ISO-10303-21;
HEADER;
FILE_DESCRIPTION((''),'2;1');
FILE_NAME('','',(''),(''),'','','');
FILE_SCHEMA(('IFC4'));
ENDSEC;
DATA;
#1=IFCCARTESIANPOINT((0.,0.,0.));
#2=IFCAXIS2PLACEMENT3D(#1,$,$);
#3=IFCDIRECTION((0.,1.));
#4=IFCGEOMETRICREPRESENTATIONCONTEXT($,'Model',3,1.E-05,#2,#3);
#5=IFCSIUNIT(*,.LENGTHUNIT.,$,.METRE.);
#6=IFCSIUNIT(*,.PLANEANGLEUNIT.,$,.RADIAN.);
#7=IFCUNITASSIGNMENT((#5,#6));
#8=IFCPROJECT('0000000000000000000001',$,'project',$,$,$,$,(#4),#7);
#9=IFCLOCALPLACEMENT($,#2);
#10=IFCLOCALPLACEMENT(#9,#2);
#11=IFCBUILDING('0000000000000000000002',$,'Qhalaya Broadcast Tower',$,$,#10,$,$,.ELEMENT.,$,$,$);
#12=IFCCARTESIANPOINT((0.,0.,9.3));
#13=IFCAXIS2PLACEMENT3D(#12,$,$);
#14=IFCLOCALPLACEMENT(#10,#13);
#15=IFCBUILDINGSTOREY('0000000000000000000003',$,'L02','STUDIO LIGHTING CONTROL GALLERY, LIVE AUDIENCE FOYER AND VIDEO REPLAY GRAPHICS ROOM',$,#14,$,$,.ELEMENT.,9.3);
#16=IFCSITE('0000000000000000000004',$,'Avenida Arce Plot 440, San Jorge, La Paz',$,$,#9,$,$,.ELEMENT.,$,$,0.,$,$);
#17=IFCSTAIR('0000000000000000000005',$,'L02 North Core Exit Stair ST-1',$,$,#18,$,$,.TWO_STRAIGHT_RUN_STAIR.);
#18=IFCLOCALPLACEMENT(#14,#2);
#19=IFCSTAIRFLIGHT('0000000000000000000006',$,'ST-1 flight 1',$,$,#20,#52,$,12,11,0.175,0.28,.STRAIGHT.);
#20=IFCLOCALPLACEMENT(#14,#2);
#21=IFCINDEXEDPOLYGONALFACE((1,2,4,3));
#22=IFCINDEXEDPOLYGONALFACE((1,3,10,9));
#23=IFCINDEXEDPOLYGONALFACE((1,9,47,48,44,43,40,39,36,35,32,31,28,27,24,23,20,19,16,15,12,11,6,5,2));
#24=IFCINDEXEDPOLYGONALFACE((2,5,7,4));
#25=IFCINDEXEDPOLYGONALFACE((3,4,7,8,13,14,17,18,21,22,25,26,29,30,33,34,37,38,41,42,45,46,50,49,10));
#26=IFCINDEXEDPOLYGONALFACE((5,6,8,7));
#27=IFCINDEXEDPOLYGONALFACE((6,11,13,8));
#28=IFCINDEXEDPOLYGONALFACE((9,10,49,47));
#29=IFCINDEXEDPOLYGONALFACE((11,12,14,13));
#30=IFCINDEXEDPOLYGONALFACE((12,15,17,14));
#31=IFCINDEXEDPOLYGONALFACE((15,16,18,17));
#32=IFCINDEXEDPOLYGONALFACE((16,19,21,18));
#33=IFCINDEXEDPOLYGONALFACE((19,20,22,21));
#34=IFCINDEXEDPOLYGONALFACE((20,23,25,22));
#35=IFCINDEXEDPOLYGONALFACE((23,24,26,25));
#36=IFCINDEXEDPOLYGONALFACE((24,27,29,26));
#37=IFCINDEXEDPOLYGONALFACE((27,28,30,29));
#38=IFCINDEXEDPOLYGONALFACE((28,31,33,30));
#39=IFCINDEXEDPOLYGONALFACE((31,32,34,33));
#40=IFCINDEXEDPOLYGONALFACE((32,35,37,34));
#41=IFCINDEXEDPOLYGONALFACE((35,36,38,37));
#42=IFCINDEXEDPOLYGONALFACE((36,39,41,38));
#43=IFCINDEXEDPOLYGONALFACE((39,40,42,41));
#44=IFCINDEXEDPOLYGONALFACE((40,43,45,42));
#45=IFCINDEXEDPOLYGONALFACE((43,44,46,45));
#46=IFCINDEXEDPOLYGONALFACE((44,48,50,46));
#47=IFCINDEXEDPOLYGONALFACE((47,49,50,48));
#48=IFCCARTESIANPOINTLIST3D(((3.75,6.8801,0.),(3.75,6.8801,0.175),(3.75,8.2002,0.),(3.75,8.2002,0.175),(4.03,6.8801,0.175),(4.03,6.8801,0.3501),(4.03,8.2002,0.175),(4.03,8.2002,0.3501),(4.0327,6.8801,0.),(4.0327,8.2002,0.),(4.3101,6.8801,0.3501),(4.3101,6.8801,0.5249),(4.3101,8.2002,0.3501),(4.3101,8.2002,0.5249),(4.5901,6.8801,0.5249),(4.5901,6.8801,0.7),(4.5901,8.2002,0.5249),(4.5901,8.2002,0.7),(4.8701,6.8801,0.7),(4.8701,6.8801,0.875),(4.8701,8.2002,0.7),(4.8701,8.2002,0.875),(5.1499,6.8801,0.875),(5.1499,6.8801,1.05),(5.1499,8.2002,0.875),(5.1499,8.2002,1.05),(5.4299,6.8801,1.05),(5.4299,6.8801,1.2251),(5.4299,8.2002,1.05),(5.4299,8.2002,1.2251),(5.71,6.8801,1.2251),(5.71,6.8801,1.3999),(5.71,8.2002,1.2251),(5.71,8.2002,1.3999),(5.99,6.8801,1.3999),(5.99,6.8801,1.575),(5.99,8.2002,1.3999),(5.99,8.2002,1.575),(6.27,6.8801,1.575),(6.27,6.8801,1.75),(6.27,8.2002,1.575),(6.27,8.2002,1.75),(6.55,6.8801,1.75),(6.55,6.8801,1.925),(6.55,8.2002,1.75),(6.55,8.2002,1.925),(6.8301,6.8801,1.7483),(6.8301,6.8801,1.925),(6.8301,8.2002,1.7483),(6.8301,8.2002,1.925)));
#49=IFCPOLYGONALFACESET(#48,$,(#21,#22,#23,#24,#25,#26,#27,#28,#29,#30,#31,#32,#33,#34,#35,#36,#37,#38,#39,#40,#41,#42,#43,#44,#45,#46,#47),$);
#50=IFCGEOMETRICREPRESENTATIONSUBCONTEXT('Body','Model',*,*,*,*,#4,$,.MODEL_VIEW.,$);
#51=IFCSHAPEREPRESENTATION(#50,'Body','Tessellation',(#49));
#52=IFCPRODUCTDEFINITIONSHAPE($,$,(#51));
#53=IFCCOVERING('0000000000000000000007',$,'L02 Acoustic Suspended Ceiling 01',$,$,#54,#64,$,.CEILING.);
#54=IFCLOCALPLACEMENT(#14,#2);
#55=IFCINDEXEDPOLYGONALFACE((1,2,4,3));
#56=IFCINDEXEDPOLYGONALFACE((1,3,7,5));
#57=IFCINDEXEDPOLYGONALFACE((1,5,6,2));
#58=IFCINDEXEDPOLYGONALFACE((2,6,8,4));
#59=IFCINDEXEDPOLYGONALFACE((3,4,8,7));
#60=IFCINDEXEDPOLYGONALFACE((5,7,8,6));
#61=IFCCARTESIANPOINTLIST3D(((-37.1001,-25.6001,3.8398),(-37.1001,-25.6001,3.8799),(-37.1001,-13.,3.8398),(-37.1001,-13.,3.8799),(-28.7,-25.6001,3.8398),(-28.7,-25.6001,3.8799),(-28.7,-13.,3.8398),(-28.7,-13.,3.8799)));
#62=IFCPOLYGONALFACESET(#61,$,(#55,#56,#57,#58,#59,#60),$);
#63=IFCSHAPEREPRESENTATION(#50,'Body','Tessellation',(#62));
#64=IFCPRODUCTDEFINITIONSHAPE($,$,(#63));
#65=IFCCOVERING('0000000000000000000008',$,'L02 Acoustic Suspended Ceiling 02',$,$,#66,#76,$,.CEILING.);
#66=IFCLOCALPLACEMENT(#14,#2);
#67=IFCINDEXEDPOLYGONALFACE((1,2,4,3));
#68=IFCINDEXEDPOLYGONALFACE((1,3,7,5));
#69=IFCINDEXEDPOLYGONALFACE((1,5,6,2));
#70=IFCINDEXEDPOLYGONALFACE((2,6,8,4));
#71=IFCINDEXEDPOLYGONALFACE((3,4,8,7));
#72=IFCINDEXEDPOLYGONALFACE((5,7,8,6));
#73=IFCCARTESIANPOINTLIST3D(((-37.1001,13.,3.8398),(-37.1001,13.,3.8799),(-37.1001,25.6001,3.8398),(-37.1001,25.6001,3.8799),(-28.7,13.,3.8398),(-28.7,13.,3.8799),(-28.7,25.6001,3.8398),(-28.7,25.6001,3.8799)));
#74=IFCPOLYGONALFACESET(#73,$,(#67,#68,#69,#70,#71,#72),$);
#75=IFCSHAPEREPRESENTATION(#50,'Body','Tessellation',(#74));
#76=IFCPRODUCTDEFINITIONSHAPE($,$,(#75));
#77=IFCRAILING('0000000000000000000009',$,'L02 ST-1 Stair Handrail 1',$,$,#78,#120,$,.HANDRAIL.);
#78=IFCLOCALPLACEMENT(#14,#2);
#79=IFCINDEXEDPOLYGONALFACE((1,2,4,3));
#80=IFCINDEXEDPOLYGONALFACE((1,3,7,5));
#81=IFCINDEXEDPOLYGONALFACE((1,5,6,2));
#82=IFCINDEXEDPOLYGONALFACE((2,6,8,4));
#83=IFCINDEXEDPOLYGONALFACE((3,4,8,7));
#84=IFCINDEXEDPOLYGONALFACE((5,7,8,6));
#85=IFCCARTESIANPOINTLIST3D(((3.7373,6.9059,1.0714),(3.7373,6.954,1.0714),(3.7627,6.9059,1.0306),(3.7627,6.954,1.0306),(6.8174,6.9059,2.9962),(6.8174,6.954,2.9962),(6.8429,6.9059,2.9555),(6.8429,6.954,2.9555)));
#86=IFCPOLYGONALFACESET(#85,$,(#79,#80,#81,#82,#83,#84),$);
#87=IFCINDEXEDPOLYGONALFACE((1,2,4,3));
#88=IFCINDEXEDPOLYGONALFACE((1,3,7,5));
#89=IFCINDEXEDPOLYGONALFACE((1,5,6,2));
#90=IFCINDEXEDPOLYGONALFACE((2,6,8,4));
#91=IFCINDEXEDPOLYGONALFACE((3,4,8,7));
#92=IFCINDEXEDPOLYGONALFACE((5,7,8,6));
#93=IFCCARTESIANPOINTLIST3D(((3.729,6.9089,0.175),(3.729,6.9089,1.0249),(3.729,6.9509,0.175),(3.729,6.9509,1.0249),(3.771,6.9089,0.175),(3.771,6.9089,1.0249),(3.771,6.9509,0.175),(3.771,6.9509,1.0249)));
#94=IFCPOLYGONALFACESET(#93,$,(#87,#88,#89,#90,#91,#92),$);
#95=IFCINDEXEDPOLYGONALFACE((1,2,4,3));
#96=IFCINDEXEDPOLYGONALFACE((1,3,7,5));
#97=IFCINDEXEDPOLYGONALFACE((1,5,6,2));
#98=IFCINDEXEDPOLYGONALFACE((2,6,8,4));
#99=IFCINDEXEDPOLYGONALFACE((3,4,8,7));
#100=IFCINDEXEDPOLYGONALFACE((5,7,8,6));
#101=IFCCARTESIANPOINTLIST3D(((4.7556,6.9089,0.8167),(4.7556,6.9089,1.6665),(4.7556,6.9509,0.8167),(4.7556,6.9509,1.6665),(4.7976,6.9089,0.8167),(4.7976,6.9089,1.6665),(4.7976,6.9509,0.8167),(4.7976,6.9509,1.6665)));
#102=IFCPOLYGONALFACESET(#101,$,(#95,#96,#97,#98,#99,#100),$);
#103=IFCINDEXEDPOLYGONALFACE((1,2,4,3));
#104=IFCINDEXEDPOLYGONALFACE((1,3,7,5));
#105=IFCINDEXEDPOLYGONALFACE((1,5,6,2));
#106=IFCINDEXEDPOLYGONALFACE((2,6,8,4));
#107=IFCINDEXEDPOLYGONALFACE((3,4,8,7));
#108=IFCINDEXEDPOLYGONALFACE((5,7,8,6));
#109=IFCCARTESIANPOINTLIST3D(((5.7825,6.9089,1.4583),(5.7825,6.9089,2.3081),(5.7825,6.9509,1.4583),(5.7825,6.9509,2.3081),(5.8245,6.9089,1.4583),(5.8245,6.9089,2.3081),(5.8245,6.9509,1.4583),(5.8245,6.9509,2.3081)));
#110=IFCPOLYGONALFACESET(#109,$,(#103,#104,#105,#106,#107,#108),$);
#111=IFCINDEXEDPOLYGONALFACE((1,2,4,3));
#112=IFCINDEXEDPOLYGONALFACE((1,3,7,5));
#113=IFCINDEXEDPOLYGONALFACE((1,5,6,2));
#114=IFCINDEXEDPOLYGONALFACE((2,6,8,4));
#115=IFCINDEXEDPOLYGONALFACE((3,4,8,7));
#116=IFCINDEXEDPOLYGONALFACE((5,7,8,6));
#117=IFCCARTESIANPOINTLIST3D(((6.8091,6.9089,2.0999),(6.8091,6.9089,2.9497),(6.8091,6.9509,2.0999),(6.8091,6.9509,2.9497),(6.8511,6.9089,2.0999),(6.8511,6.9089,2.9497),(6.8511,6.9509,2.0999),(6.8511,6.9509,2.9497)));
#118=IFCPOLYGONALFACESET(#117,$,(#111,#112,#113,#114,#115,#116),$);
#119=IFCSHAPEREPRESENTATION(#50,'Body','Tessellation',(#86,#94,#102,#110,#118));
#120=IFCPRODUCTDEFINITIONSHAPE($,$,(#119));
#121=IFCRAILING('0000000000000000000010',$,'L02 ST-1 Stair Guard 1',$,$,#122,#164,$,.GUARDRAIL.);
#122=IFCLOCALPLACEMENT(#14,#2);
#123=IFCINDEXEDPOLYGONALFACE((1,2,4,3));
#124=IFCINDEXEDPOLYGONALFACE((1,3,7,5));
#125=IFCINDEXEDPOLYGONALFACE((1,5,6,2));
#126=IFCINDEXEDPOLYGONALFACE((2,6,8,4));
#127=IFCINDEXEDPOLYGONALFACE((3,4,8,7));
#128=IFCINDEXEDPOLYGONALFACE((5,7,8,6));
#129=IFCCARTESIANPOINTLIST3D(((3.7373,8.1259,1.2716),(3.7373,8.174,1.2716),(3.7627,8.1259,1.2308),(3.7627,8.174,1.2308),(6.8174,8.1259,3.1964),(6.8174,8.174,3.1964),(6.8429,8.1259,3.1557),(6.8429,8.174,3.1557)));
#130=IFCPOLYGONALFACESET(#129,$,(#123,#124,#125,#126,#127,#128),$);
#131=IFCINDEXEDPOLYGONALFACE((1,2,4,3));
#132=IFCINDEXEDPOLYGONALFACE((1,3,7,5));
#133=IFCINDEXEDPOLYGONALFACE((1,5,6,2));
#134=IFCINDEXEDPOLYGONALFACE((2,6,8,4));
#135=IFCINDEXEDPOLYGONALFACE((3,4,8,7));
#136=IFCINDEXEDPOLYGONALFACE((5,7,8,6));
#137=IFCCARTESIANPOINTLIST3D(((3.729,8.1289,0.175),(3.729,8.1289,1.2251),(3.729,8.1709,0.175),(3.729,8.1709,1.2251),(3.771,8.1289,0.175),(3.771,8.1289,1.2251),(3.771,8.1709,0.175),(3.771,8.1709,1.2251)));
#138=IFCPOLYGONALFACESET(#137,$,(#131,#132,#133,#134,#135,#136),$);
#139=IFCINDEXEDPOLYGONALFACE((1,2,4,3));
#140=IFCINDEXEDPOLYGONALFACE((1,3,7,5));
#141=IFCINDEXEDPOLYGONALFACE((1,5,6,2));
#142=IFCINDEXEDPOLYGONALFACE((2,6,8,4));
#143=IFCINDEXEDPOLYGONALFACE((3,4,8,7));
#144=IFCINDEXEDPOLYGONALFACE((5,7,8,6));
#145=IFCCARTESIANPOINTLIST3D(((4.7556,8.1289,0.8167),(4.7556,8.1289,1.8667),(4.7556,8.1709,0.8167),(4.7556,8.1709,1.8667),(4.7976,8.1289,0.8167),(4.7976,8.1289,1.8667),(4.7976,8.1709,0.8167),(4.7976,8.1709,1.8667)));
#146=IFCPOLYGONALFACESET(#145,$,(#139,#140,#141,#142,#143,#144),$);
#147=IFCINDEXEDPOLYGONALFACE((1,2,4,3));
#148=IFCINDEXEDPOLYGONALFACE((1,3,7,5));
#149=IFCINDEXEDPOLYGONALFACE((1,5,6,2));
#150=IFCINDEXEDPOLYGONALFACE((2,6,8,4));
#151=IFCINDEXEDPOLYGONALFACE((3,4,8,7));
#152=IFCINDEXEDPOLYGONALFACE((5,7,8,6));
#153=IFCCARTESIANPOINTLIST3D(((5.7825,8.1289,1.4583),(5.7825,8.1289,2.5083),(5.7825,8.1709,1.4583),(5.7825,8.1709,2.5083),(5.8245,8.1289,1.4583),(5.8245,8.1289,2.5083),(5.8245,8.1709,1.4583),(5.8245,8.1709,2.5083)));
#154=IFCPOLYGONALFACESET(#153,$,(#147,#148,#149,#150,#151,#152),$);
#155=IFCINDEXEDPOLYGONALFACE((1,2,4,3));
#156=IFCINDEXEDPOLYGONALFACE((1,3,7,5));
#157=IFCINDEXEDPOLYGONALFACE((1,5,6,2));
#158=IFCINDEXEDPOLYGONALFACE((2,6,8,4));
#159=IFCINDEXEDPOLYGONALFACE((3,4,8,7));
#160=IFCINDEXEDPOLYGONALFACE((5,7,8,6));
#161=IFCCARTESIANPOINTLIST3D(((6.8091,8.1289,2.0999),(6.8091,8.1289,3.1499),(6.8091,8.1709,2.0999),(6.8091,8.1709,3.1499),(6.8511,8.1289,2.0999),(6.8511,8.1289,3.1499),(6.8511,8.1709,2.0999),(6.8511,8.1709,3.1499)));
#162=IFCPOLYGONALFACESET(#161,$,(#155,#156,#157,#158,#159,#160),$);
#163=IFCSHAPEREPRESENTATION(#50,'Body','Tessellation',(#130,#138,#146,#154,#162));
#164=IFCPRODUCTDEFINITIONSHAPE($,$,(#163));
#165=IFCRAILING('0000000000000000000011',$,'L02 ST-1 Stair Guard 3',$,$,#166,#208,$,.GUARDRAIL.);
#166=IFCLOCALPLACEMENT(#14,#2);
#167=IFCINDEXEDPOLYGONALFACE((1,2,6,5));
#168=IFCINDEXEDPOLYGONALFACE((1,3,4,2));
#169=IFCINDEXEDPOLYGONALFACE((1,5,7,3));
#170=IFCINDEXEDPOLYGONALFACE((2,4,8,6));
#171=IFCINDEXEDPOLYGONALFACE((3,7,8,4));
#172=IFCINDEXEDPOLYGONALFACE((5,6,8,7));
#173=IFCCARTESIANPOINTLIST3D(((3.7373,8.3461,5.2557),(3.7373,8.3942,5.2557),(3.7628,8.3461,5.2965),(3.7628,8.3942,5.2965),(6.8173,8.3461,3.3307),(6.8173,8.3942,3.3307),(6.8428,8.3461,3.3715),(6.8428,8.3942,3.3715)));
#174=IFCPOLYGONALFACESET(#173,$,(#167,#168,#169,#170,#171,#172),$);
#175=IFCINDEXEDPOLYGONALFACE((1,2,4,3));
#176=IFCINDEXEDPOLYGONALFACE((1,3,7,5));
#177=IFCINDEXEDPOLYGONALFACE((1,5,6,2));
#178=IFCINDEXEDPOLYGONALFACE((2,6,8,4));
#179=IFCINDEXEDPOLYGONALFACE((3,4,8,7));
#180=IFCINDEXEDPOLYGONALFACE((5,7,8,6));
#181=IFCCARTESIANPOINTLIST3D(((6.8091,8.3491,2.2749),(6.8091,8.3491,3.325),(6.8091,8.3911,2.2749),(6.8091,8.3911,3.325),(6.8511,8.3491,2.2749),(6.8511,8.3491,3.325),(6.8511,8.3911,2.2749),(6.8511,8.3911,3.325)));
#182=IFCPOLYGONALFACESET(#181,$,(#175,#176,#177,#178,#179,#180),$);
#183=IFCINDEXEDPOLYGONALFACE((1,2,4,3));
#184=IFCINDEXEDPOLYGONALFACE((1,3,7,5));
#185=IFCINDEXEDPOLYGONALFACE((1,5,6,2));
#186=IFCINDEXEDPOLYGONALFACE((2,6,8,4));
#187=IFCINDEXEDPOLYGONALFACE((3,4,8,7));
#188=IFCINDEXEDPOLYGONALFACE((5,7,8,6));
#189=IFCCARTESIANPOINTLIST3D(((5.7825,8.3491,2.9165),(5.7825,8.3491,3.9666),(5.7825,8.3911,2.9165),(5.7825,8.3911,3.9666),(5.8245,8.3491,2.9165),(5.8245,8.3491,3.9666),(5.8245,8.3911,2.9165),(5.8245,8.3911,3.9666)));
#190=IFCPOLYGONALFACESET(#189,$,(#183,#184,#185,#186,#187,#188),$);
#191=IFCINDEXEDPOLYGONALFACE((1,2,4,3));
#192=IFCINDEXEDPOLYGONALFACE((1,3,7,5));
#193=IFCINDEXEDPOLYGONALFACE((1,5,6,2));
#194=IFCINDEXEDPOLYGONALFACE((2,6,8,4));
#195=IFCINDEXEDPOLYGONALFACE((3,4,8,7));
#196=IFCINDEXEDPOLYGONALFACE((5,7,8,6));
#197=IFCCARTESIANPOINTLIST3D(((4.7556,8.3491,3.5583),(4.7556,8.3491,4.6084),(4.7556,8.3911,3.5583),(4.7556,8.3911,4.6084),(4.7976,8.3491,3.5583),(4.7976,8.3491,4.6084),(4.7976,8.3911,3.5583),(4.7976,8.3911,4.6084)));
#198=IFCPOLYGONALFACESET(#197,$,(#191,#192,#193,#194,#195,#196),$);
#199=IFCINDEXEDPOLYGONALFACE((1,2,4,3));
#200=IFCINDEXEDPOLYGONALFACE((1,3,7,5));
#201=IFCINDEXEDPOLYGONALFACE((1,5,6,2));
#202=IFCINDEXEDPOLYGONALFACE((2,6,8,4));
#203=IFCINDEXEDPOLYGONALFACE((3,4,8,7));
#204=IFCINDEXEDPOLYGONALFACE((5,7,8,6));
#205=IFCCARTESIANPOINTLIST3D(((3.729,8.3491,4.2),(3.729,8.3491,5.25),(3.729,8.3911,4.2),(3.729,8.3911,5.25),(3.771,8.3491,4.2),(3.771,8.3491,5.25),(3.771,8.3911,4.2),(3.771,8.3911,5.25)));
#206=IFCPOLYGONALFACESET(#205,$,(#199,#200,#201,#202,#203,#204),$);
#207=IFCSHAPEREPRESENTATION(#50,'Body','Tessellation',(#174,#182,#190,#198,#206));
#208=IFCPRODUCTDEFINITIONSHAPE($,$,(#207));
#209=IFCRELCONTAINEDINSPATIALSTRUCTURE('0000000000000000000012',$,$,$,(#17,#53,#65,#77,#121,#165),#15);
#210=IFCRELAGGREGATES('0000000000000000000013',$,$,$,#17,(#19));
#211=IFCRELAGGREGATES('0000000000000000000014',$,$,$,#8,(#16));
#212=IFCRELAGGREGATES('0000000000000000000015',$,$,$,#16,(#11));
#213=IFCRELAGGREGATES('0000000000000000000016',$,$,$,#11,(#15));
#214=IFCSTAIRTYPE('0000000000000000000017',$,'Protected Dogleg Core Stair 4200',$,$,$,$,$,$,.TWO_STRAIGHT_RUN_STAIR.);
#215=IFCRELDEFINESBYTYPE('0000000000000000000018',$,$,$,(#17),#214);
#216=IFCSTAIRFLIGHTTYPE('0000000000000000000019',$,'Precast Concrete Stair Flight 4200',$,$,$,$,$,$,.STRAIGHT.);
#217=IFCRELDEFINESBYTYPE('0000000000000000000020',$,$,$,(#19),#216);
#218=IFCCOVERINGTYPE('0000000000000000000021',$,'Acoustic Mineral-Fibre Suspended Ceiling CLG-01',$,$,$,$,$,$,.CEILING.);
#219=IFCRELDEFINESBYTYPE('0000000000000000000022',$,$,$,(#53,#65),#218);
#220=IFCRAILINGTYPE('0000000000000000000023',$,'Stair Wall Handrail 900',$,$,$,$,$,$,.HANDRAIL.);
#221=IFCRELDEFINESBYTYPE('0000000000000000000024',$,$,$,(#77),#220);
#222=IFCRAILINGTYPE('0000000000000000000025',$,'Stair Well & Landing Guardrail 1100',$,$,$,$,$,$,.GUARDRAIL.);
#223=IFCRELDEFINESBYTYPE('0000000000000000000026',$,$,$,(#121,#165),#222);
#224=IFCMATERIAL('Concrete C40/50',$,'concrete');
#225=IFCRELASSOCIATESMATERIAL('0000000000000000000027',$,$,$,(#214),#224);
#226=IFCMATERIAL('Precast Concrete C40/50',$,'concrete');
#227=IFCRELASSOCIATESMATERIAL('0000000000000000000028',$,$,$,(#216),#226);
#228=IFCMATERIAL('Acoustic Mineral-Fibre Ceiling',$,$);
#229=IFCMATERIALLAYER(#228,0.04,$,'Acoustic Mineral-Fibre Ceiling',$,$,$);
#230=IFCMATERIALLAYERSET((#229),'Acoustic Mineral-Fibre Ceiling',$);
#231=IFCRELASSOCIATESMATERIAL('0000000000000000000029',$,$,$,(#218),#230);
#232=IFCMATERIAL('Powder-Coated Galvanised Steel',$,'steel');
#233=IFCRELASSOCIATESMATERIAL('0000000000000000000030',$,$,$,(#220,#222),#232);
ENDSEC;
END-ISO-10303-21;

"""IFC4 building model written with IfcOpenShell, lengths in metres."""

from ifc_helpers import new_model, si_unit, direction, frame, origin, origin_2d, place, context, subcontext, project, spatial, polyline, rectangle, outline, extrude, material, layer, layer_set, type_object, element, aggregate, save


model = new_model("IFC4")

# Units and contexts
model_context = context("Model", 3, precision=1e-05, world=origin(), true_north=direction((0.0, 1.0)))
body_context = subcontext(model_context, "Body", "Model", "MODEL_VIEW")
ifc_project = project(units=[si_unit("LENGTHUNIT", "METRE"), si_unit("PLANEANGLEUNIT", "RADIAN")], contexts=[model_context])

# Site, building, storey
site_placement = place(None, origin())
site = spatial("IfcSite", under=ifc_project, at=site_placement, Name="Avenida Arce Plot 440, San Jorge, La Paz", CompositionType="ELEMENT", RefElevation=0.0)
building_placement = place(site_placement, origin())
building = spatial("IfcBuilding", under=site, at=building_placement, Name="Qhalaya Broadcast Tower", CompositionType="ELEMENT")
storey_placement = place(building_placement, frame((0.0, 0.0, 9.3)))
storey = spatial("IfcBuildingStorey", under=building, at=storey_placement, Name="L02", Description="STUDIO LIGHTING CONTROL GALLERY, LIVE AUDIENCE FOYER AND VIDEO REPLAY GRAPHICS ROOM", CompositionType="ELEMENT", Elevation=9.3)

# Shared definitions
ifc_material_1 = material(Name="Concrete C40/50", Category="concrete")

# Stair
stair_type = type_object("IfcStairType", Name="Protected Dogleg Core Stair 4200", PredefinedType="TWO_STRAIGHT_RUN_STAIR", material=ifc_material_1)
stair_1_placement = place(storey_placement, origin())
stair_1 = element("IfcStair", 1, at=stair_1_placement, inside=storey, type_object=stair_type, Name="L02 North Core Exit Stair ST-1", PredefinedType="TWO_STRAIGHT_RUN_STAIR")

# Stair flight
ifc_material_2 = material(Name="Precast Concrete C40/50", Category="concrete")
stair_flight_type = type_object("IfcStairFlightType", Name="Precast Concrete Stair Flight 4200", PredefinedType="STRAIGHT", material=ifc_material_2)
stair_flight_placement = place(storey_placement, frame((3.75, 7.54, 0.0), z_axis=(0.0, 0.0, 1.0), x_axis=(1.0, 0.0, 0.0)))
stair_flight = element("IfcStairFlight", 2, at=stair_flight_placement, type_object=stair_flight_type, Name="ST-1 flight 1", NumberOfRisers=12, NumberOfTreads=11, PredefinedType="STRAIGHT", RiserHeight=0.175, TreadLength=0.28, context=body_context, shape_type="SweptSolid", body=[
    extrude(outline(polyline([(0.0, 0.0), (0.0, 0.175), (0.28, 0.175), (0.28, 0.3501), (0.5601, 0.3501), (0.5601, 0.5249), (0.8401, 0.5249), (0.8401, 0.7), (1.1201, 0.7), (1.1201, 0.875), (1.3999, 0.875), (1.3999, 1.05), (1.6799, 1.05), (1.6799, 1.2251), (1.96, 1.2251), (1.96, 1.3999), (2.24, 1.3999), (2.24, 1.575), (2.52, 1.575), (2.52, 1.75), (2.8, 1.75), (2.8, 1.925), (3.0801, 1.925), (3.0801, 2.1001), (3.0801, 1.7483), (0.2827, 0.0), (0.0, 0.0)])), frame((0.0, 0.6602, 0.0), z_axis=(0.0, -1.0, 0.0), x_axis=(1.0, 0.0, 0.0)), (0.0, 0.0, 1.0), 1.3201),
])
aggregate(stair_1, [stair_flight])

# Coverings
ifc_material_3 = material(Name="Acoustic Mineral-Fibre Ceiling")
ifc_layer_1 = layer(ifc_material_3, 0.04, Name="Acoustic Mineral-Fibre Ceiling")
ifc_layer_set_1 = layer_set([ifc_layer_1], Name="Acoustic Mineral-Fibre Ceiling")
covering_type = type_object("IfcCoveringType", Name="Acoustic Mineral-Fibre Suspended Ceiling CLG-01", PredefinedType="CEILING", material=ifc_layer_set_1)
covering_1_placement = place(storey_placement, frame((0.0, 0.0, 3.8398)))
element("IfcCovering", 3, at=covering_1_placement, inside=storey, type_object=covering_type, Name="L02 Acoustic Suspended Ceiling 01", PredefinedType="CEILING", context=body_context, shape_type="SweptSolid", body=[
    extrude(outline(polyline([(-28.7, -13.0), (-37.1001, -13.0), (-37.1001, -25.6001), (-28.7, -25.6001), (-28.7, -13.0)])), origin(), (0.0, 0.0, 1.0), 0.04),
])
covering_2_placement = place(storey_placement, frame((0.0, 0.0, 3.8398)))
element("IfcCovering", 4, at=covering_2_placement, inside=storey, type_object=covering_type, Name="L02 Acoustic Suspended Ceiling 02", PredefinedType="CEILING", context=body_context, shape_type="SweptSolid", body=[
    extrude(outline(polyline([(-28.7, 25.6001), (-37.1001, 25.6001), (-37.1001, 13.0), (-28.7, 13.0), (-28.7, 25.6001)])), origin(), (0.0, 0.0, 1.0), 0.04),
])

# Railings
ifc_material_4 = material(Name="Powder-Coated Galvanised Steel", Category="steel")
railing_type_1 = type_object("IfcRailingType", Name="Stair Wall Handrail 900", PredefinedType="HANDRAIL", material=ifc_material_4)
railing_1_placement = place(storey_placement, frame((3.75, 6.9299, 0.175)))
element("IfcRailing", 5, at=railing_1_placement, inside=storey, type_object=railing_type_1, Name="L02 ST-1 Stair Handrail 1", PredefinedType="HANDRAIL", context=body_context, shape_type="SweptSolid", body=[
    extrude(rectangle(XDim=0.0481, YDim=0.0481, at=origin_2d()), frame((0.0, 0.0, 0.876), z_axis=(0.848029, 0.0, 0.529951), x_axis=(0.0, 1.0, 0.0)), (0.0, 0.0, 1.0), 3.6321),
    extrude(rectangle(XDim=0.042, YDim=0.042, at=origin_2d()), origin(), (0.0, 0.0, 1.0), 0.8499),
    extrude(rectangle(XDim=0.042, YDim=0.042, at=origin_2d()), frame((1.0266, 0.0, 0.6416)), (0.0, 0.0, 1.0), 0.8499),
    extrude(rectangle(XDim=0.042, YDim=0.042, at=origin_2d()), frame((2.0535, 0.0, 1.2832)), (0.0, 0.0, 1.0), 0.8499),
    extrude(rectangle(XDim=0.042, YDim=0.042, at=origin_2d()), frame((3.0801, 0.0, 1.9248)), (0.0, 0.0, 1.0), 0.8499),
])
railing_type_2 = type_object("IfcRailingType", Name="Stair Well & Landing Guardrail 1100", PredefinedType="GUARDRAIL", material=ifc_material_4)
railing_2_placement = place(storey_placement, frame((3.75, 8.1499, 0.175)))
element("IfcRailing", 6, at=railing_2_placement, inside=storey, type_object=railing_type_2, Name="L02 ST-1 Stair Guard 1", PredefinedType="GUARDRAIL", context=body_context, shape_type="SweptSolid", body=[
    extrude(rectangle(XDim=0.0481, YDim=0.0481, at=origin_2d()), frame((0.0, 0.0, 1.0762), z_axis=(0.848029, 0.0, 0.529951), x_axis=(0.0, 1.0, 0.0)), (0.0, 0.0, 1.0), 3.6321),
    extrude(rectangle(XDim=0.042, YDim=0.042, at=origin_2d()), origin(), (0.0, 0.0, 1.0), 1.05),
    extrude(rectangle(XDim=0.042, YDim=0.042, at=origin_2d()), frame((1.0266, 0.0, 0.6416)), (0.0, 0.0, 1.0), 1.05),
    extrude(rectangle(XDim=0.042, YDim=0.042, at=origin_2d()), frame((2.0535, 0.0, 1.2832)), (0.0, 0.0, 1.0), 1.05),
    extrude(rectangle(XDim=0.042, YDim=0.042, at=origin_2d()), frame((3.0801, 0.0, 1.9248)), (0.0, 0.0, 1.0), 1.05),
])
railing_3_placement = place(storey_placement, frame((6.8301, 8.3701, 2.2749)))
element("IfcRailing", 7, at=railing_3_placement, inside=storey, type_object=railing_type_2, Name="L02 ST-1 Stair Guard 3", PredefinedType="GUARDRAIL", context=body_context, shape_type="SweptSolid", body=[
    extrude(rectangle(XDim=0.0481, YDim=0.0481, at=origin_2d()), frame((0.0, 0.0, 1.0762), z_axis=(-0.847998, 0.0, 0.529999), x_axis=(0.0, -1.0, 0.0)), (0.0, 0.0, 1.0), 3.6321),
    extrude(rectangle(XDim=0.042, YDim=0.042, at=origin_2d()), origin(), (0.0, 0.0, 1.0), 1.05),
    extrude(rectangle(XDim=0.042, YDim=0.042, at=origin_2d()), frame((-1.0266, 0.0, 0.6416)), (0.0, 0.0, 1.0), 1.05),
    extrude(rectangle(XDim=0.042, YDim=0.042, at=origin_2d()), frame((-2.0535, 0.0, 1.2834)), (0.0, 0.0, 1.0), 1.05),
    extrude(rectangle(XDim=0.042, YDim=0.042, at=origin_2d()), frame((-3.0801, 0.0, 1.925)), (0.0, 0.0, 1.0), 1.05),
])

save(model, "model.ifc")
